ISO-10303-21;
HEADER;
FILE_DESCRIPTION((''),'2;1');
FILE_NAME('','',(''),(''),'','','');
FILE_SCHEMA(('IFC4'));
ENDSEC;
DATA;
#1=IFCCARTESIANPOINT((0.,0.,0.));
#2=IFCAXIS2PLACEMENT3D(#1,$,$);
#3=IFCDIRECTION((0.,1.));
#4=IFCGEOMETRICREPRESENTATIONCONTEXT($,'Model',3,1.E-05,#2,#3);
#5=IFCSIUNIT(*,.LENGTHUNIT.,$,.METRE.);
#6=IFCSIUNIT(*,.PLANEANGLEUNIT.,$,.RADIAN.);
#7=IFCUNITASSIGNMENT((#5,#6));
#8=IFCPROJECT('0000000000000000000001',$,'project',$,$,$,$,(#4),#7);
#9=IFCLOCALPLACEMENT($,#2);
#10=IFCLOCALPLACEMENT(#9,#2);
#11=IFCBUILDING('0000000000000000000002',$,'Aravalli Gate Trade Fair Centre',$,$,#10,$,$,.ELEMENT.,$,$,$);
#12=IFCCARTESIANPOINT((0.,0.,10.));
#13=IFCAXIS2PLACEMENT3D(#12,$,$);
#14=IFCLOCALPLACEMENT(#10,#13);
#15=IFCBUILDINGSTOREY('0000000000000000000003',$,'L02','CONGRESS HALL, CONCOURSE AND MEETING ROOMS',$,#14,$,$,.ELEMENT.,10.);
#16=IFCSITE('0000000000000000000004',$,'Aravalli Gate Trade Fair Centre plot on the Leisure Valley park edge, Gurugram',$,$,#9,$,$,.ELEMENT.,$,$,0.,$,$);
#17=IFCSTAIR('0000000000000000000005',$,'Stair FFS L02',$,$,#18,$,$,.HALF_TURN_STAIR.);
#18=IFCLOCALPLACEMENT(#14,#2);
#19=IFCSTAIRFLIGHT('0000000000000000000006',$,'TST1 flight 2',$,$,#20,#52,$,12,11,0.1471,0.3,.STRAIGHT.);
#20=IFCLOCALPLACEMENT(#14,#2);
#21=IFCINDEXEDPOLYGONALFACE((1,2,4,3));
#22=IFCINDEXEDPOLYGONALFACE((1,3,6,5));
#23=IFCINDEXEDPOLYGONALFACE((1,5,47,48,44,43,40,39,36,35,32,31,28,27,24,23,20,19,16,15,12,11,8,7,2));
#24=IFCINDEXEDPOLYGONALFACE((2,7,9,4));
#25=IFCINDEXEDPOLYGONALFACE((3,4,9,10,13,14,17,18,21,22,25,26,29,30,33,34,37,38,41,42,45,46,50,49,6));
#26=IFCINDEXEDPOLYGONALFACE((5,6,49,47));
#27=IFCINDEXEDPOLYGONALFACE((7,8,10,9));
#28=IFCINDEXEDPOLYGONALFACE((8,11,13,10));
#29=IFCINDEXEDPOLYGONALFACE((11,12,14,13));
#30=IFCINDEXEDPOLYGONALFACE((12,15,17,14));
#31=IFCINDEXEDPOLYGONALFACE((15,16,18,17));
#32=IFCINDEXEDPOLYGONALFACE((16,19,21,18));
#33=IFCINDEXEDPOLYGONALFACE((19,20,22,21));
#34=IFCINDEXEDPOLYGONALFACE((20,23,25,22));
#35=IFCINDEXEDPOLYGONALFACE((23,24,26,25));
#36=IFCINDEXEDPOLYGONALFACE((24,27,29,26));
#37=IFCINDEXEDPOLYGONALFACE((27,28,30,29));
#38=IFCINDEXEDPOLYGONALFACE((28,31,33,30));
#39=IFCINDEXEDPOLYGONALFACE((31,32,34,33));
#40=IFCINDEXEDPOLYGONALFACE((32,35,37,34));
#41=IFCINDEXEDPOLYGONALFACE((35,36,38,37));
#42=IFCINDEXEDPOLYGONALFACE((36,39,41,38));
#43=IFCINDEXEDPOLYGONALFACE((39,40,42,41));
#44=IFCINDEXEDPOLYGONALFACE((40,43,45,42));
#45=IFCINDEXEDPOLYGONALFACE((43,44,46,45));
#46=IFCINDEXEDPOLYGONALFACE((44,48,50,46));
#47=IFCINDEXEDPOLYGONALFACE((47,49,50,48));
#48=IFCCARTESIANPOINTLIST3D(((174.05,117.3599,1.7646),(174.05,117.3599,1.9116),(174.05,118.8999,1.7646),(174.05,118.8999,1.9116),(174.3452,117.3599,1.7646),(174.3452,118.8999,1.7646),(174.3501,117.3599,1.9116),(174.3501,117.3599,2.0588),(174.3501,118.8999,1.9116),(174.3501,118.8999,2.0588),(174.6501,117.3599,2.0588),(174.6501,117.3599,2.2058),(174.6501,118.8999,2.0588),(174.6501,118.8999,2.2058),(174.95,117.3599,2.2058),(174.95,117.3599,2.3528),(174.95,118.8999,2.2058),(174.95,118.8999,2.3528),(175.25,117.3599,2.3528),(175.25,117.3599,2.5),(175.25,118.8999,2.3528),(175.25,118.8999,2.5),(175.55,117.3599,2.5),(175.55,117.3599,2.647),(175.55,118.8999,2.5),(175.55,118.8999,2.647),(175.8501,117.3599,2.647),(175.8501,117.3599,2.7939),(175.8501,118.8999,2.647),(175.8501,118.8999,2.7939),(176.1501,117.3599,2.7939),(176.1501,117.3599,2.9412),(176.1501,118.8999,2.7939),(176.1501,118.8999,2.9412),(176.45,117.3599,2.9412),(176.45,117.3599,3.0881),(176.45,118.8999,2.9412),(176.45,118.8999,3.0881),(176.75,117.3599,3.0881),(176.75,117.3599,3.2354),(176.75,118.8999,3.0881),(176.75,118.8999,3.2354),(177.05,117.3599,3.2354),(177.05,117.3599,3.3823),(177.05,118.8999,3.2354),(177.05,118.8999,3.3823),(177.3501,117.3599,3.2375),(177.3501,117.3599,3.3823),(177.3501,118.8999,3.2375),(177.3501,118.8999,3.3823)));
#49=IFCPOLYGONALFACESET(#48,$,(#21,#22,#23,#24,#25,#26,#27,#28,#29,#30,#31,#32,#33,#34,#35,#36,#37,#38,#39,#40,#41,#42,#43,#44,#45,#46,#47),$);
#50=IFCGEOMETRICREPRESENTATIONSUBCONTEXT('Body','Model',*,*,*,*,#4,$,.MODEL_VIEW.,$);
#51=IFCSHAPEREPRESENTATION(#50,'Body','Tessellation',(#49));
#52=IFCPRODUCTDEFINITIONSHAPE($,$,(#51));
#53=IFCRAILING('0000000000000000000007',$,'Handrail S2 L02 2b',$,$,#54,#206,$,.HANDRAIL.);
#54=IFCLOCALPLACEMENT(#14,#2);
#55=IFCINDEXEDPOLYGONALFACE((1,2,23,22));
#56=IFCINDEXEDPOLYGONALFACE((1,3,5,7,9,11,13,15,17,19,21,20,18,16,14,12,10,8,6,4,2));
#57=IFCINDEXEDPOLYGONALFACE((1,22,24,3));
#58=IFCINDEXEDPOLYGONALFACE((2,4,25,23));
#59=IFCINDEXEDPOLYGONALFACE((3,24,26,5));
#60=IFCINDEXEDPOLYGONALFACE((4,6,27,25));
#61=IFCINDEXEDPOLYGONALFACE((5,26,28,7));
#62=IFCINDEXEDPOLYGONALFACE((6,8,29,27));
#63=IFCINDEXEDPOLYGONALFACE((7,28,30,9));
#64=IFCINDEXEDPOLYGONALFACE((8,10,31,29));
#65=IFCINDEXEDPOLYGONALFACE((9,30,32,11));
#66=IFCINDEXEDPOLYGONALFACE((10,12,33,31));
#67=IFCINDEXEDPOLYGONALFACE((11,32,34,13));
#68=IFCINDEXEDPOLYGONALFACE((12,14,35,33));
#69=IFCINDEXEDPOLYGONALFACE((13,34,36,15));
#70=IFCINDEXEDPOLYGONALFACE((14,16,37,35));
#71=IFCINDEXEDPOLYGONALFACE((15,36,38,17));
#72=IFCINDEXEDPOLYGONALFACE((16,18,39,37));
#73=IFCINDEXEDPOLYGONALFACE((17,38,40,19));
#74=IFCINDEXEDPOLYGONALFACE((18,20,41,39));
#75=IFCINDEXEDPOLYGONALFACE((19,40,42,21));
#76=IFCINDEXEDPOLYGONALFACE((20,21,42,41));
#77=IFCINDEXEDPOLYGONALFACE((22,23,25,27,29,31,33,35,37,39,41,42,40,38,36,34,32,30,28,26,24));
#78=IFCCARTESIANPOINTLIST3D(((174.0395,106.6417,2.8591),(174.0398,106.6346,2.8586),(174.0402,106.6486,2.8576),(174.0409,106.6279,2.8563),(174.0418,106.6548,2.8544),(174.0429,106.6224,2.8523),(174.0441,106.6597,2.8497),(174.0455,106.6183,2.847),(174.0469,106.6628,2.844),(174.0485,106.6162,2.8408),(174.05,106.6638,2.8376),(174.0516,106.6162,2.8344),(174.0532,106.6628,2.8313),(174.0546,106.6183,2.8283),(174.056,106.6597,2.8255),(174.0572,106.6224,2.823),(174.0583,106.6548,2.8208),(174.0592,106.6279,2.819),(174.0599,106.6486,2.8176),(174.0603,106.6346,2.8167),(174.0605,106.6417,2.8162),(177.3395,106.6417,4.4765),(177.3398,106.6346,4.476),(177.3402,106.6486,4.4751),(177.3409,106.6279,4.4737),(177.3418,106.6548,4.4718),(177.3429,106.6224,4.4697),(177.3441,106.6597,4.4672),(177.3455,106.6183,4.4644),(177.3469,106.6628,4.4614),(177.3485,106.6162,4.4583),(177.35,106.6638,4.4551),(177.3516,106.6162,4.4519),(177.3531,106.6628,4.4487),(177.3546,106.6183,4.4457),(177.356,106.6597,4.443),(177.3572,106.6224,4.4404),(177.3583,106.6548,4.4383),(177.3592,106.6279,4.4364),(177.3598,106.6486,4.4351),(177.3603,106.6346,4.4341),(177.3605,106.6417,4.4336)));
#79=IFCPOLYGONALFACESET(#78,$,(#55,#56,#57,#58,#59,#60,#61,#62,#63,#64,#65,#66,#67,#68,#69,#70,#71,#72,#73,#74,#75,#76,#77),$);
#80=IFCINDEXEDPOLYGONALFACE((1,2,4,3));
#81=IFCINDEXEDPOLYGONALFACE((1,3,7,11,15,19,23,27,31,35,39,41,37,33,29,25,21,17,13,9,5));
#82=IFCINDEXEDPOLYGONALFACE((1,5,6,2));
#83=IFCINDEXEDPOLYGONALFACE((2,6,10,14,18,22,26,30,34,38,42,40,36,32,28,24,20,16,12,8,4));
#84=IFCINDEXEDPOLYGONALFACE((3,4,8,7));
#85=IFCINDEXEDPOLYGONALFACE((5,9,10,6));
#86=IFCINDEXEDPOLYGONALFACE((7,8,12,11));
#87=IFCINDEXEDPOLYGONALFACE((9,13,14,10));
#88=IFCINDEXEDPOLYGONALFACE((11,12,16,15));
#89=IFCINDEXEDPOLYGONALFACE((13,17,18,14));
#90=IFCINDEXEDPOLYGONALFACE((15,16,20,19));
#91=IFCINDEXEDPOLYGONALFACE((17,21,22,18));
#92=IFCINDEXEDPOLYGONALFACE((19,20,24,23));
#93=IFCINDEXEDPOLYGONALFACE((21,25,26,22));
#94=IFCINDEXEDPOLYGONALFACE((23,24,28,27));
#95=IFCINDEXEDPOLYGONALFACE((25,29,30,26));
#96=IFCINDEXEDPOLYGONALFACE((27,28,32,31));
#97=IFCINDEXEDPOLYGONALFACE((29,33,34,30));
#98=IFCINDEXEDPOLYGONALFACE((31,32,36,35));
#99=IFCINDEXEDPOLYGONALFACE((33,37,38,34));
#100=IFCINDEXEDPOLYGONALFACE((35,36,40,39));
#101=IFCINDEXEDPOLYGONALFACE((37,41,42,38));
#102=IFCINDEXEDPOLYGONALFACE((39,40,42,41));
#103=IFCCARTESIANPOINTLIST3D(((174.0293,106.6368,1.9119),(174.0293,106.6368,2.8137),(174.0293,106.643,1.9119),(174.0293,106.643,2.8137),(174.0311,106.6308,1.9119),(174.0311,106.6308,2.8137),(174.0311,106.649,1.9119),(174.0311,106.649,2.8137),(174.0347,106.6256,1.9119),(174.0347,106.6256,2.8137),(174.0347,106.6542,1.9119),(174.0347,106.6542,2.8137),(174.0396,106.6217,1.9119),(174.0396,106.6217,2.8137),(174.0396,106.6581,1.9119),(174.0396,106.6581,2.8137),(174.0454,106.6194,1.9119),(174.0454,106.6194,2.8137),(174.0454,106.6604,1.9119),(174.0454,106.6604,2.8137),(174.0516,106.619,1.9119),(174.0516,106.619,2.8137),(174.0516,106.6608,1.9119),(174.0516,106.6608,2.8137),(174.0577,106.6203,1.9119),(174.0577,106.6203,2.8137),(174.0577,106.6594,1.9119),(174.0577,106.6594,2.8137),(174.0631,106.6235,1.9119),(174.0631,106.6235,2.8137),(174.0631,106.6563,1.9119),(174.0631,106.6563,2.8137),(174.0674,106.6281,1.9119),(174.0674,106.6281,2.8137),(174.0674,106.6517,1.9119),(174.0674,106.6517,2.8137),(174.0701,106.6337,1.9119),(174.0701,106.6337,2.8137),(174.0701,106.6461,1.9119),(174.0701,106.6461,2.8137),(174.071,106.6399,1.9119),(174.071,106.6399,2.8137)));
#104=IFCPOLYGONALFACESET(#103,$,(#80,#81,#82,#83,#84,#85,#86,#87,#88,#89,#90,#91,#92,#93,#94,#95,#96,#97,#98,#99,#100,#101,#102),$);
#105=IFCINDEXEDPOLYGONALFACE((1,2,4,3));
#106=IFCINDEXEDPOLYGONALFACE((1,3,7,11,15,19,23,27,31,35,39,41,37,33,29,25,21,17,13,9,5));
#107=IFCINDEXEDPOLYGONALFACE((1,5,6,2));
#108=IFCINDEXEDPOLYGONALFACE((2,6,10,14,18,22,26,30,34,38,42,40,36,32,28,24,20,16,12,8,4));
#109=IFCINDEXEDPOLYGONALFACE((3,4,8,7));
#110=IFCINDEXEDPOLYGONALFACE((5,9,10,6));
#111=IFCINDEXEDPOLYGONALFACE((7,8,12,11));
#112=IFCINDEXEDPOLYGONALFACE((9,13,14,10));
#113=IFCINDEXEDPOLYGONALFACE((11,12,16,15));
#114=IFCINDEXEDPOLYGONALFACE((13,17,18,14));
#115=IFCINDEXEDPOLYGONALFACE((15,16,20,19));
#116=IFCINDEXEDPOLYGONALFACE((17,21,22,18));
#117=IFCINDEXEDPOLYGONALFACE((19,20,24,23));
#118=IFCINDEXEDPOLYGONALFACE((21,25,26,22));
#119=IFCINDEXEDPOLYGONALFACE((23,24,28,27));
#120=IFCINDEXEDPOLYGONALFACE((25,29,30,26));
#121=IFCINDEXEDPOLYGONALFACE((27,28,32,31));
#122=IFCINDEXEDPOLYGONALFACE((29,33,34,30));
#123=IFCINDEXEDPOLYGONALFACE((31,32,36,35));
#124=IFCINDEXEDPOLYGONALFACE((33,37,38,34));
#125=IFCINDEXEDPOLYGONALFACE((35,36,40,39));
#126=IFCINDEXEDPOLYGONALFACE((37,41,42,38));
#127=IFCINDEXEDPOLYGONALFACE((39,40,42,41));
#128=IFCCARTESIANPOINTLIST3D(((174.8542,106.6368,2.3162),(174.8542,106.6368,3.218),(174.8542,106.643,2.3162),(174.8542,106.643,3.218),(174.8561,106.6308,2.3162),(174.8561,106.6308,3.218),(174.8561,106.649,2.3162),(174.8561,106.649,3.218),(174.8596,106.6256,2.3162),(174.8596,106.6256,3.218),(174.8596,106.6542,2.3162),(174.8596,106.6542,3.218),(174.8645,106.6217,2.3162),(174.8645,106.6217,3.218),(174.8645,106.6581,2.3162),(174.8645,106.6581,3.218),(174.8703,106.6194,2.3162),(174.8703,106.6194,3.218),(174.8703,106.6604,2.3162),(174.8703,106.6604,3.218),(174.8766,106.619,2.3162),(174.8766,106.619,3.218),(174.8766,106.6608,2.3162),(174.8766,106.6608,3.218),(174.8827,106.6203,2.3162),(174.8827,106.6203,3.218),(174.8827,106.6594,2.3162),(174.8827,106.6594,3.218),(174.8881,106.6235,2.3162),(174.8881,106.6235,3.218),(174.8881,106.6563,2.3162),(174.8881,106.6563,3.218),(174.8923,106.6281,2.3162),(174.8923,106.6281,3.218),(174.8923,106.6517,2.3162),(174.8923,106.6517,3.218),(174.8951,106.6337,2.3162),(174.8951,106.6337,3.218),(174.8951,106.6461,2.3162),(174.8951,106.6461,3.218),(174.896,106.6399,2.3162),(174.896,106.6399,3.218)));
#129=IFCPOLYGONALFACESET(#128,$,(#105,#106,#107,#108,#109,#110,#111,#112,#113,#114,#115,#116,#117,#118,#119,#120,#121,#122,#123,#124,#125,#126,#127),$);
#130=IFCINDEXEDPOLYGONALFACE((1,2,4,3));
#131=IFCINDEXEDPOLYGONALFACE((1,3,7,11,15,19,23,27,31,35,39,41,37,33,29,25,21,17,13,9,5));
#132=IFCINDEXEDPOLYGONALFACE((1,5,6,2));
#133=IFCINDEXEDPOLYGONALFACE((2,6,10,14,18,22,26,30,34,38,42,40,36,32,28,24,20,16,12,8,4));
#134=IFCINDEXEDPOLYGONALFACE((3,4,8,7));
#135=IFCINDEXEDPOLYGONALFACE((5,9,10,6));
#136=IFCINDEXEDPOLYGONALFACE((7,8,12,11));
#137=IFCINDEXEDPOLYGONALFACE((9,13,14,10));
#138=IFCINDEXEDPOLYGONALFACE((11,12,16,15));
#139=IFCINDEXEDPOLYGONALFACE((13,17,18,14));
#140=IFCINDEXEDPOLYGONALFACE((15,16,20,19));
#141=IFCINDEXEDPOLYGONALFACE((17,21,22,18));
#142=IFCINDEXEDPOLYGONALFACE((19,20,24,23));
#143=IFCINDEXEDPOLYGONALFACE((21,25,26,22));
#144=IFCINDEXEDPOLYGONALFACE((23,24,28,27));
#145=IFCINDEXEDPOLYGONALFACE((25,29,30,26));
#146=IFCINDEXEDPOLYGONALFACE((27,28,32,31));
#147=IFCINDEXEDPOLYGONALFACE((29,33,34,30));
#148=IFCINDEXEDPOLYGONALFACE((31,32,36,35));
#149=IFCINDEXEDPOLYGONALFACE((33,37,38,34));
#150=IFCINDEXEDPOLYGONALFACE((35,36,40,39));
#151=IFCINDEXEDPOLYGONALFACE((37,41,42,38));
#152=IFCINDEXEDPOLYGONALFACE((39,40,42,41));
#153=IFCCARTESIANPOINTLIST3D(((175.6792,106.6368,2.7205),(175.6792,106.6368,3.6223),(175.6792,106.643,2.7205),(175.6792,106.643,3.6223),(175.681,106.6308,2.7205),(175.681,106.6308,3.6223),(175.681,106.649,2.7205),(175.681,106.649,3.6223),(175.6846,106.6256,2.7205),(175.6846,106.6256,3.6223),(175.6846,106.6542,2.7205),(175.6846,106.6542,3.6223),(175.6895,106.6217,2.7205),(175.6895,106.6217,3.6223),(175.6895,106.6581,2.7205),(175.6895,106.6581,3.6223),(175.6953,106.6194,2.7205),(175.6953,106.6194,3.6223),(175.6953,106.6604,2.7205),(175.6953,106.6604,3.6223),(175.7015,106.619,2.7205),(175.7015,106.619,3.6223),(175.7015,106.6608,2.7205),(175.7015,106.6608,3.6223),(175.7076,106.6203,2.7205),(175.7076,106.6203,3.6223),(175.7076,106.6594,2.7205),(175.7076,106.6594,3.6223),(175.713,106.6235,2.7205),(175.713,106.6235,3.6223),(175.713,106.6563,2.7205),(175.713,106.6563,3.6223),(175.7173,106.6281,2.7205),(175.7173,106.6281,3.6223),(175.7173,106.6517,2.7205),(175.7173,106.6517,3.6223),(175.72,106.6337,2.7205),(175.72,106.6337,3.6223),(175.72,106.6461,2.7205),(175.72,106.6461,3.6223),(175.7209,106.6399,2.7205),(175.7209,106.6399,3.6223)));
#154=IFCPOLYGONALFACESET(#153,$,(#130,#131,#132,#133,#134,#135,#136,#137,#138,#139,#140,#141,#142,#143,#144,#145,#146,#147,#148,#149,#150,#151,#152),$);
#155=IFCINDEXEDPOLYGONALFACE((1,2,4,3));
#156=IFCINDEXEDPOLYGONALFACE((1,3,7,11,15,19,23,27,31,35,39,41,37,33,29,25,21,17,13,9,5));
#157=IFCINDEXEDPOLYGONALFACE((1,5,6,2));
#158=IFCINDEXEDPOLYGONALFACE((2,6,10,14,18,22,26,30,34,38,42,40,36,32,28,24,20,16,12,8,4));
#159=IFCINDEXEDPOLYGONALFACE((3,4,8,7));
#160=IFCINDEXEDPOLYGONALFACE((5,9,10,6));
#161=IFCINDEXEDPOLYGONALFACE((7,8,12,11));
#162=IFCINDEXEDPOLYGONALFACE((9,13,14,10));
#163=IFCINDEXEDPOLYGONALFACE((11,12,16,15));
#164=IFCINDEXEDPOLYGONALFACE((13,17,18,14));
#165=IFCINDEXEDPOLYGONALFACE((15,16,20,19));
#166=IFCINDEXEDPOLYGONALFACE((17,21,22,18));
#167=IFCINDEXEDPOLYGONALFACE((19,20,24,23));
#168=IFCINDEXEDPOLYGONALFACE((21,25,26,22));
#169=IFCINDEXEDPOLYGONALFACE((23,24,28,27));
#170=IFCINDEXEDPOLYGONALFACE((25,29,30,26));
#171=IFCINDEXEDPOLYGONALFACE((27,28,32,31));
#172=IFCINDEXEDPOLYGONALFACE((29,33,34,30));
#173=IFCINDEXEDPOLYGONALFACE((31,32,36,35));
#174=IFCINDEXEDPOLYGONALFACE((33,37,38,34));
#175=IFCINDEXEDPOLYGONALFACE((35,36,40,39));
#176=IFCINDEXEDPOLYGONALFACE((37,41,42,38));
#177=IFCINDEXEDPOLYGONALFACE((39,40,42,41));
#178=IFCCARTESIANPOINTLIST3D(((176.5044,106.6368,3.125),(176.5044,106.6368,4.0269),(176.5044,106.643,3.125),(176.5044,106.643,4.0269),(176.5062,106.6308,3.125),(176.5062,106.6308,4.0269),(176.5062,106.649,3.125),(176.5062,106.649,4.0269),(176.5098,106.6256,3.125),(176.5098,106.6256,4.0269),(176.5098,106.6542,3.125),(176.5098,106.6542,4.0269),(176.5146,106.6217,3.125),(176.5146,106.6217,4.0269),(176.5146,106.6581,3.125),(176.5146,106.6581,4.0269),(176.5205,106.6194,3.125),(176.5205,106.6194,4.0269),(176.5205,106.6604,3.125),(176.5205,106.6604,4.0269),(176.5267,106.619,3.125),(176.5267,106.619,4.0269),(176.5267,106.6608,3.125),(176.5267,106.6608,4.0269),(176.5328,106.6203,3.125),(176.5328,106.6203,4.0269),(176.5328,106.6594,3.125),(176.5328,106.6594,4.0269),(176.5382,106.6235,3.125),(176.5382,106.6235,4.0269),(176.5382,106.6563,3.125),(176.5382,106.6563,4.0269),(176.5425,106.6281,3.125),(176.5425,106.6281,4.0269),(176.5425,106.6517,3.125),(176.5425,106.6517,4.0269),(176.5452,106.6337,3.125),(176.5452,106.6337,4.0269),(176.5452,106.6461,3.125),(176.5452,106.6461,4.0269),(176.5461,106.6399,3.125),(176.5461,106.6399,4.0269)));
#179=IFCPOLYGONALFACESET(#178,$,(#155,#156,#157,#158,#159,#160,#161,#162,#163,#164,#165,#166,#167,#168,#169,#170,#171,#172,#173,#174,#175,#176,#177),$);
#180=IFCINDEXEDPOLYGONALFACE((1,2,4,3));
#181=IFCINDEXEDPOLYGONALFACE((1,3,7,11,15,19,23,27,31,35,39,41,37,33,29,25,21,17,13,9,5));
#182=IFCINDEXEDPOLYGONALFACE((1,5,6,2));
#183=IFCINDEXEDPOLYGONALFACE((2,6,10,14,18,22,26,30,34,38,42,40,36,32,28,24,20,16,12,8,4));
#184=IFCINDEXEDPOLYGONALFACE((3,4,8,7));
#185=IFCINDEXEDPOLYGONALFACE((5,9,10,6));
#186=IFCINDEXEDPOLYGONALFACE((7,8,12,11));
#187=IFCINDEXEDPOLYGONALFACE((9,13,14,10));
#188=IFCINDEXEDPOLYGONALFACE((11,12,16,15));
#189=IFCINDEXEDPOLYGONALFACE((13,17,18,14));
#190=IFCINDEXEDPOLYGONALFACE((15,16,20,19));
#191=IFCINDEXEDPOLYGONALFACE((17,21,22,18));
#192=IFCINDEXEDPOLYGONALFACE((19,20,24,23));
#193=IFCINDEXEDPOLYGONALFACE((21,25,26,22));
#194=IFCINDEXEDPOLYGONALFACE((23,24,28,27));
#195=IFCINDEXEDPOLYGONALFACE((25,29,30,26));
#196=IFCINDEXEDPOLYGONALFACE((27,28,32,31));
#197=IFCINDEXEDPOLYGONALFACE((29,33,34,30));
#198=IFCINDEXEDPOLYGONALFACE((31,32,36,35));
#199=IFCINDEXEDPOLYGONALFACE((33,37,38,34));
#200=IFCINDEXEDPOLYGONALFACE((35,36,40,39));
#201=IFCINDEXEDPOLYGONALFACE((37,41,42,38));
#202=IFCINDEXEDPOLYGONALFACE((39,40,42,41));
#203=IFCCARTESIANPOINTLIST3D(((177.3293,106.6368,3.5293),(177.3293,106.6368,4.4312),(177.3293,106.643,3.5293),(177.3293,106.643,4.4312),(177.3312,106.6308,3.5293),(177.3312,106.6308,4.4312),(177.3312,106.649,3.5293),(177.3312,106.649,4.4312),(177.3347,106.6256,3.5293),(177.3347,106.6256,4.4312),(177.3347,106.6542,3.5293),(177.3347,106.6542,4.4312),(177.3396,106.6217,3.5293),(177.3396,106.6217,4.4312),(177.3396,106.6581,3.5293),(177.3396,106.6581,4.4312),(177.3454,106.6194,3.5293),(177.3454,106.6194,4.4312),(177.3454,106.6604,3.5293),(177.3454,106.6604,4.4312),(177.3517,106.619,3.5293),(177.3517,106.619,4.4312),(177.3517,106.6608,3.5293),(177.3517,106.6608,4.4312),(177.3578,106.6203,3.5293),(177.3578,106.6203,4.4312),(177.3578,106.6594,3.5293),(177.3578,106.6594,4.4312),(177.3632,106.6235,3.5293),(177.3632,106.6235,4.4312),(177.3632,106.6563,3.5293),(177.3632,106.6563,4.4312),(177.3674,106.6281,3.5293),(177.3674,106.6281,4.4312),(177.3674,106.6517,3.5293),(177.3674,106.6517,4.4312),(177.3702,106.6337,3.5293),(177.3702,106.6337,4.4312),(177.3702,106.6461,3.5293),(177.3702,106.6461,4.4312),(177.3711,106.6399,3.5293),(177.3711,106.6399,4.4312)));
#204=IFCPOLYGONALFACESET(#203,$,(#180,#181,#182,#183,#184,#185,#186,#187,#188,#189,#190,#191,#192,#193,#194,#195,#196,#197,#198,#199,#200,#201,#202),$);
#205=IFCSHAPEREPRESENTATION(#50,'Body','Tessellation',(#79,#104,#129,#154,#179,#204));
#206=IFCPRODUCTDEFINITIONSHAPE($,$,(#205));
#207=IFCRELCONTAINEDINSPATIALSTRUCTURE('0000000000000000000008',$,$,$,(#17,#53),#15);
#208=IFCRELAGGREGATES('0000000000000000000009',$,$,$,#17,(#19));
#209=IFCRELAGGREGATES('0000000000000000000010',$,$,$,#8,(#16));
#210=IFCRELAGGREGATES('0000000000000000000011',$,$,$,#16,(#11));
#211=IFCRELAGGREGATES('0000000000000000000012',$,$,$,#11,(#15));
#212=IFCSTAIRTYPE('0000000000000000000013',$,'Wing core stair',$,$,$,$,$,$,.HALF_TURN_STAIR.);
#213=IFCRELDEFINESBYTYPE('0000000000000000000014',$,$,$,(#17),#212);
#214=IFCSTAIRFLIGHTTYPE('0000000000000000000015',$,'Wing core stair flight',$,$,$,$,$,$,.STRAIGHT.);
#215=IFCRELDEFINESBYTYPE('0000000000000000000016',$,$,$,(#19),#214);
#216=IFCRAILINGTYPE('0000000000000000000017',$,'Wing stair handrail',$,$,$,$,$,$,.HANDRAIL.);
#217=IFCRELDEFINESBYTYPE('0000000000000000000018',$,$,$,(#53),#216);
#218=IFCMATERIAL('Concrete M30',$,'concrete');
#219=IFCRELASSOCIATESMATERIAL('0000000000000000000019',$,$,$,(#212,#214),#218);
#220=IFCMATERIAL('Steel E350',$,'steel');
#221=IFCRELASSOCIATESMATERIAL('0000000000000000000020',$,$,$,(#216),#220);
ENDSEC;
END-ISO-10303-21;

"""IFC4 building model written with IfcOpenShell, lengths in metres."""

from ifc_helpers import new_model, si_unit, direction, frame, origin, origin_2d, place, context, subcontext, project, spatial, polyline, circle, outline, extrude, material, type_object, element, aggregate, save


model = new_model("IFC4")

# Units and contexts
model_context = context("Model", 3, precision=1e-05, world=origin(), true_north=direction((0.0, 1.0)))
body_context = subcontext(model_context, "Body", "Model", "MODEL_VIEW")
ifc_project = project(units=[si_unit("LENGTHUNIT", "METRE"), si_unit("PLANEANGLEUNIT", "RADIAN")], contexts=[model_context])

# Site, building, storey
site_placement = place(None, origin())
site = spatial("IfcSite", under=ifc_project, at=site_placement, Name="Aravalli Gate Trade Fair Centre plot on the Leisure Valley park edge, Gurugram", CompositionType="ELEMENT", RefElevation=0.0)
building_placement = place(site_placement, origin())
building = spatial("IfcBuilding", under=site, at=building_placement, Name="Aravalli Gate Trade Fair Centre", CompositionType="ELEMENT")
storey_placement = place(building_placement, frame((0.0, 0.0, 10.0)))
storey = spatial("IfcBuildingStorey", under=building, at=storey_placement, Name="L02", Description="CONGRESS HALL, CONCOURSE AND MEETING ROOMS", CompositionType="ELEMENT", Elevation=10.0)

# Shared definitions
ifc_material_1 = material(Name="Concrete M30", Category="concrete")

# Stair, stair flight
stair_type = type_object("IfcStairType", Name="Wing core stair", PredefinedType="HALF_TURN_STAIR", material=ifc_material_1)
stair_placement = place(storey_placement, origin())
stair = element("IfcStair", 1, at=stair_placement, inside=storey, type_object=stair_type, Name="Stair FFS L02", PredefinedType="HALF_TURN_STAIR")
stair_flight_type = type_object("IfcStairFlightType", Name="Wing core stair flight", PredefinedType="STRAIGHT", material=ifc_material_1)
stair_flight_1_placement = place(storey_placement, frame((174.05, 118.1299, 1.7646), z_axis=(0.0, 0.0, 1.0), x_axis=(1.0, 0.0, 0.0)))
stair_flight_1 = element("IfcStairFlight", 2, at=stair_flight_1_placement, type_object=stair_flight_type, Name="TST1 flight 2", NumberOfRisers=12, NumberOfTreads=11, PredefinedType="STRAIGHT", RiserHeight=0.1471, TreadLength=0.3, context=body_context, shape_type="SweptSolid", body=[
    extrude(outline(polyline([(0.0, 0.0), (0.0, 0.147), (0.3, 0.147), (0.3, 0.2942), (0.6001, 0.2942), (0.6001, 0.4412), (0.8999, 0.4412), (0.8999, 0.5881), (1.2, 0.5881), (1.2, 0.7354), (1.5, 0.7354), (1.5, 0.8823), (1.8, 0.8823), (1.8, 1.0293), (2.1001, 1.0293), (2.1001, 1.1765), (2.3999, 1.1765), (2.3999, 1.3235), (2.7, 1.3235), (2.7, 1.4707), (3.0, 1.4707), (3.0, 1.6177), (3.3, 1.6177), (3.3, 1.7646), (3.3, 1.4729), (0.2952, 0.0), (0.0, 0.0)])), frame((0.0, 0.77, 0.0), z_axis=(0.0, -1.0, 0.0), x_axis=(1.0, 0.0, 0.0)), (0.0, 0.0, 1.0), 1.54),
])
aggregate(stair, [stair_flight_1])

# Railing
ifc_material_2 = material(Name="Steel E350", Category="steel")
railing_type = type_object("IfcRailingType", Name="Wing stair handrail", PredefinedType="HANDRAIL", material=ifc_material_2)
railing_1_placement = place(storey_placement, frame((174.05, 106.6399, 1.9119)))
element("IfcRailing", 3, at=railing_1_placement, inside=storey, type_object=railing_type, Name="Handrail S2 L02 2b", PredefinedType="HANDRAIL", context=body_context, shape_type="SweptSolid", body=[
    extrude(circle(Radius=0.0239, at=origin_2d()), frame((0.0, 0.0, 0.9258), z_axis=(0.897946, 0.0, 0.440105), x_axis=(0.0, 1.0, 0.0)), (0.0, 0.0, 1.0), 3.675),
    extrude(circle(Radius=0.021, at=origin_2d()), origin(), (0.0, 0.0, 1.0), 0.9019),
    extrude(circle(Radius=0.021, at=origin_2d()), frame((0.825, 0.0, 0.4043)), (0.0, 0.0, 1.0), 0.9019),
    extrude(circle(Radius=0.021, at=origin_2d()), frame((1.6499, 0.0, 0.8086)), (0.0, 0.0, 1.0), 0.9019),
    extrude(circle(Radius=0.021, at=origin_2d()), frame((2.4751, 0.0, 1.2131)), (0.0, 0.0, 1.0), 0.9019),
    extrude(circle(Radius=0.021, at=origin_2d()), frame((3.3, 0.0, 1.6174)), (0.0, 0.0, 1.0), 0.9019),
])

save(model, "model.ifc")
